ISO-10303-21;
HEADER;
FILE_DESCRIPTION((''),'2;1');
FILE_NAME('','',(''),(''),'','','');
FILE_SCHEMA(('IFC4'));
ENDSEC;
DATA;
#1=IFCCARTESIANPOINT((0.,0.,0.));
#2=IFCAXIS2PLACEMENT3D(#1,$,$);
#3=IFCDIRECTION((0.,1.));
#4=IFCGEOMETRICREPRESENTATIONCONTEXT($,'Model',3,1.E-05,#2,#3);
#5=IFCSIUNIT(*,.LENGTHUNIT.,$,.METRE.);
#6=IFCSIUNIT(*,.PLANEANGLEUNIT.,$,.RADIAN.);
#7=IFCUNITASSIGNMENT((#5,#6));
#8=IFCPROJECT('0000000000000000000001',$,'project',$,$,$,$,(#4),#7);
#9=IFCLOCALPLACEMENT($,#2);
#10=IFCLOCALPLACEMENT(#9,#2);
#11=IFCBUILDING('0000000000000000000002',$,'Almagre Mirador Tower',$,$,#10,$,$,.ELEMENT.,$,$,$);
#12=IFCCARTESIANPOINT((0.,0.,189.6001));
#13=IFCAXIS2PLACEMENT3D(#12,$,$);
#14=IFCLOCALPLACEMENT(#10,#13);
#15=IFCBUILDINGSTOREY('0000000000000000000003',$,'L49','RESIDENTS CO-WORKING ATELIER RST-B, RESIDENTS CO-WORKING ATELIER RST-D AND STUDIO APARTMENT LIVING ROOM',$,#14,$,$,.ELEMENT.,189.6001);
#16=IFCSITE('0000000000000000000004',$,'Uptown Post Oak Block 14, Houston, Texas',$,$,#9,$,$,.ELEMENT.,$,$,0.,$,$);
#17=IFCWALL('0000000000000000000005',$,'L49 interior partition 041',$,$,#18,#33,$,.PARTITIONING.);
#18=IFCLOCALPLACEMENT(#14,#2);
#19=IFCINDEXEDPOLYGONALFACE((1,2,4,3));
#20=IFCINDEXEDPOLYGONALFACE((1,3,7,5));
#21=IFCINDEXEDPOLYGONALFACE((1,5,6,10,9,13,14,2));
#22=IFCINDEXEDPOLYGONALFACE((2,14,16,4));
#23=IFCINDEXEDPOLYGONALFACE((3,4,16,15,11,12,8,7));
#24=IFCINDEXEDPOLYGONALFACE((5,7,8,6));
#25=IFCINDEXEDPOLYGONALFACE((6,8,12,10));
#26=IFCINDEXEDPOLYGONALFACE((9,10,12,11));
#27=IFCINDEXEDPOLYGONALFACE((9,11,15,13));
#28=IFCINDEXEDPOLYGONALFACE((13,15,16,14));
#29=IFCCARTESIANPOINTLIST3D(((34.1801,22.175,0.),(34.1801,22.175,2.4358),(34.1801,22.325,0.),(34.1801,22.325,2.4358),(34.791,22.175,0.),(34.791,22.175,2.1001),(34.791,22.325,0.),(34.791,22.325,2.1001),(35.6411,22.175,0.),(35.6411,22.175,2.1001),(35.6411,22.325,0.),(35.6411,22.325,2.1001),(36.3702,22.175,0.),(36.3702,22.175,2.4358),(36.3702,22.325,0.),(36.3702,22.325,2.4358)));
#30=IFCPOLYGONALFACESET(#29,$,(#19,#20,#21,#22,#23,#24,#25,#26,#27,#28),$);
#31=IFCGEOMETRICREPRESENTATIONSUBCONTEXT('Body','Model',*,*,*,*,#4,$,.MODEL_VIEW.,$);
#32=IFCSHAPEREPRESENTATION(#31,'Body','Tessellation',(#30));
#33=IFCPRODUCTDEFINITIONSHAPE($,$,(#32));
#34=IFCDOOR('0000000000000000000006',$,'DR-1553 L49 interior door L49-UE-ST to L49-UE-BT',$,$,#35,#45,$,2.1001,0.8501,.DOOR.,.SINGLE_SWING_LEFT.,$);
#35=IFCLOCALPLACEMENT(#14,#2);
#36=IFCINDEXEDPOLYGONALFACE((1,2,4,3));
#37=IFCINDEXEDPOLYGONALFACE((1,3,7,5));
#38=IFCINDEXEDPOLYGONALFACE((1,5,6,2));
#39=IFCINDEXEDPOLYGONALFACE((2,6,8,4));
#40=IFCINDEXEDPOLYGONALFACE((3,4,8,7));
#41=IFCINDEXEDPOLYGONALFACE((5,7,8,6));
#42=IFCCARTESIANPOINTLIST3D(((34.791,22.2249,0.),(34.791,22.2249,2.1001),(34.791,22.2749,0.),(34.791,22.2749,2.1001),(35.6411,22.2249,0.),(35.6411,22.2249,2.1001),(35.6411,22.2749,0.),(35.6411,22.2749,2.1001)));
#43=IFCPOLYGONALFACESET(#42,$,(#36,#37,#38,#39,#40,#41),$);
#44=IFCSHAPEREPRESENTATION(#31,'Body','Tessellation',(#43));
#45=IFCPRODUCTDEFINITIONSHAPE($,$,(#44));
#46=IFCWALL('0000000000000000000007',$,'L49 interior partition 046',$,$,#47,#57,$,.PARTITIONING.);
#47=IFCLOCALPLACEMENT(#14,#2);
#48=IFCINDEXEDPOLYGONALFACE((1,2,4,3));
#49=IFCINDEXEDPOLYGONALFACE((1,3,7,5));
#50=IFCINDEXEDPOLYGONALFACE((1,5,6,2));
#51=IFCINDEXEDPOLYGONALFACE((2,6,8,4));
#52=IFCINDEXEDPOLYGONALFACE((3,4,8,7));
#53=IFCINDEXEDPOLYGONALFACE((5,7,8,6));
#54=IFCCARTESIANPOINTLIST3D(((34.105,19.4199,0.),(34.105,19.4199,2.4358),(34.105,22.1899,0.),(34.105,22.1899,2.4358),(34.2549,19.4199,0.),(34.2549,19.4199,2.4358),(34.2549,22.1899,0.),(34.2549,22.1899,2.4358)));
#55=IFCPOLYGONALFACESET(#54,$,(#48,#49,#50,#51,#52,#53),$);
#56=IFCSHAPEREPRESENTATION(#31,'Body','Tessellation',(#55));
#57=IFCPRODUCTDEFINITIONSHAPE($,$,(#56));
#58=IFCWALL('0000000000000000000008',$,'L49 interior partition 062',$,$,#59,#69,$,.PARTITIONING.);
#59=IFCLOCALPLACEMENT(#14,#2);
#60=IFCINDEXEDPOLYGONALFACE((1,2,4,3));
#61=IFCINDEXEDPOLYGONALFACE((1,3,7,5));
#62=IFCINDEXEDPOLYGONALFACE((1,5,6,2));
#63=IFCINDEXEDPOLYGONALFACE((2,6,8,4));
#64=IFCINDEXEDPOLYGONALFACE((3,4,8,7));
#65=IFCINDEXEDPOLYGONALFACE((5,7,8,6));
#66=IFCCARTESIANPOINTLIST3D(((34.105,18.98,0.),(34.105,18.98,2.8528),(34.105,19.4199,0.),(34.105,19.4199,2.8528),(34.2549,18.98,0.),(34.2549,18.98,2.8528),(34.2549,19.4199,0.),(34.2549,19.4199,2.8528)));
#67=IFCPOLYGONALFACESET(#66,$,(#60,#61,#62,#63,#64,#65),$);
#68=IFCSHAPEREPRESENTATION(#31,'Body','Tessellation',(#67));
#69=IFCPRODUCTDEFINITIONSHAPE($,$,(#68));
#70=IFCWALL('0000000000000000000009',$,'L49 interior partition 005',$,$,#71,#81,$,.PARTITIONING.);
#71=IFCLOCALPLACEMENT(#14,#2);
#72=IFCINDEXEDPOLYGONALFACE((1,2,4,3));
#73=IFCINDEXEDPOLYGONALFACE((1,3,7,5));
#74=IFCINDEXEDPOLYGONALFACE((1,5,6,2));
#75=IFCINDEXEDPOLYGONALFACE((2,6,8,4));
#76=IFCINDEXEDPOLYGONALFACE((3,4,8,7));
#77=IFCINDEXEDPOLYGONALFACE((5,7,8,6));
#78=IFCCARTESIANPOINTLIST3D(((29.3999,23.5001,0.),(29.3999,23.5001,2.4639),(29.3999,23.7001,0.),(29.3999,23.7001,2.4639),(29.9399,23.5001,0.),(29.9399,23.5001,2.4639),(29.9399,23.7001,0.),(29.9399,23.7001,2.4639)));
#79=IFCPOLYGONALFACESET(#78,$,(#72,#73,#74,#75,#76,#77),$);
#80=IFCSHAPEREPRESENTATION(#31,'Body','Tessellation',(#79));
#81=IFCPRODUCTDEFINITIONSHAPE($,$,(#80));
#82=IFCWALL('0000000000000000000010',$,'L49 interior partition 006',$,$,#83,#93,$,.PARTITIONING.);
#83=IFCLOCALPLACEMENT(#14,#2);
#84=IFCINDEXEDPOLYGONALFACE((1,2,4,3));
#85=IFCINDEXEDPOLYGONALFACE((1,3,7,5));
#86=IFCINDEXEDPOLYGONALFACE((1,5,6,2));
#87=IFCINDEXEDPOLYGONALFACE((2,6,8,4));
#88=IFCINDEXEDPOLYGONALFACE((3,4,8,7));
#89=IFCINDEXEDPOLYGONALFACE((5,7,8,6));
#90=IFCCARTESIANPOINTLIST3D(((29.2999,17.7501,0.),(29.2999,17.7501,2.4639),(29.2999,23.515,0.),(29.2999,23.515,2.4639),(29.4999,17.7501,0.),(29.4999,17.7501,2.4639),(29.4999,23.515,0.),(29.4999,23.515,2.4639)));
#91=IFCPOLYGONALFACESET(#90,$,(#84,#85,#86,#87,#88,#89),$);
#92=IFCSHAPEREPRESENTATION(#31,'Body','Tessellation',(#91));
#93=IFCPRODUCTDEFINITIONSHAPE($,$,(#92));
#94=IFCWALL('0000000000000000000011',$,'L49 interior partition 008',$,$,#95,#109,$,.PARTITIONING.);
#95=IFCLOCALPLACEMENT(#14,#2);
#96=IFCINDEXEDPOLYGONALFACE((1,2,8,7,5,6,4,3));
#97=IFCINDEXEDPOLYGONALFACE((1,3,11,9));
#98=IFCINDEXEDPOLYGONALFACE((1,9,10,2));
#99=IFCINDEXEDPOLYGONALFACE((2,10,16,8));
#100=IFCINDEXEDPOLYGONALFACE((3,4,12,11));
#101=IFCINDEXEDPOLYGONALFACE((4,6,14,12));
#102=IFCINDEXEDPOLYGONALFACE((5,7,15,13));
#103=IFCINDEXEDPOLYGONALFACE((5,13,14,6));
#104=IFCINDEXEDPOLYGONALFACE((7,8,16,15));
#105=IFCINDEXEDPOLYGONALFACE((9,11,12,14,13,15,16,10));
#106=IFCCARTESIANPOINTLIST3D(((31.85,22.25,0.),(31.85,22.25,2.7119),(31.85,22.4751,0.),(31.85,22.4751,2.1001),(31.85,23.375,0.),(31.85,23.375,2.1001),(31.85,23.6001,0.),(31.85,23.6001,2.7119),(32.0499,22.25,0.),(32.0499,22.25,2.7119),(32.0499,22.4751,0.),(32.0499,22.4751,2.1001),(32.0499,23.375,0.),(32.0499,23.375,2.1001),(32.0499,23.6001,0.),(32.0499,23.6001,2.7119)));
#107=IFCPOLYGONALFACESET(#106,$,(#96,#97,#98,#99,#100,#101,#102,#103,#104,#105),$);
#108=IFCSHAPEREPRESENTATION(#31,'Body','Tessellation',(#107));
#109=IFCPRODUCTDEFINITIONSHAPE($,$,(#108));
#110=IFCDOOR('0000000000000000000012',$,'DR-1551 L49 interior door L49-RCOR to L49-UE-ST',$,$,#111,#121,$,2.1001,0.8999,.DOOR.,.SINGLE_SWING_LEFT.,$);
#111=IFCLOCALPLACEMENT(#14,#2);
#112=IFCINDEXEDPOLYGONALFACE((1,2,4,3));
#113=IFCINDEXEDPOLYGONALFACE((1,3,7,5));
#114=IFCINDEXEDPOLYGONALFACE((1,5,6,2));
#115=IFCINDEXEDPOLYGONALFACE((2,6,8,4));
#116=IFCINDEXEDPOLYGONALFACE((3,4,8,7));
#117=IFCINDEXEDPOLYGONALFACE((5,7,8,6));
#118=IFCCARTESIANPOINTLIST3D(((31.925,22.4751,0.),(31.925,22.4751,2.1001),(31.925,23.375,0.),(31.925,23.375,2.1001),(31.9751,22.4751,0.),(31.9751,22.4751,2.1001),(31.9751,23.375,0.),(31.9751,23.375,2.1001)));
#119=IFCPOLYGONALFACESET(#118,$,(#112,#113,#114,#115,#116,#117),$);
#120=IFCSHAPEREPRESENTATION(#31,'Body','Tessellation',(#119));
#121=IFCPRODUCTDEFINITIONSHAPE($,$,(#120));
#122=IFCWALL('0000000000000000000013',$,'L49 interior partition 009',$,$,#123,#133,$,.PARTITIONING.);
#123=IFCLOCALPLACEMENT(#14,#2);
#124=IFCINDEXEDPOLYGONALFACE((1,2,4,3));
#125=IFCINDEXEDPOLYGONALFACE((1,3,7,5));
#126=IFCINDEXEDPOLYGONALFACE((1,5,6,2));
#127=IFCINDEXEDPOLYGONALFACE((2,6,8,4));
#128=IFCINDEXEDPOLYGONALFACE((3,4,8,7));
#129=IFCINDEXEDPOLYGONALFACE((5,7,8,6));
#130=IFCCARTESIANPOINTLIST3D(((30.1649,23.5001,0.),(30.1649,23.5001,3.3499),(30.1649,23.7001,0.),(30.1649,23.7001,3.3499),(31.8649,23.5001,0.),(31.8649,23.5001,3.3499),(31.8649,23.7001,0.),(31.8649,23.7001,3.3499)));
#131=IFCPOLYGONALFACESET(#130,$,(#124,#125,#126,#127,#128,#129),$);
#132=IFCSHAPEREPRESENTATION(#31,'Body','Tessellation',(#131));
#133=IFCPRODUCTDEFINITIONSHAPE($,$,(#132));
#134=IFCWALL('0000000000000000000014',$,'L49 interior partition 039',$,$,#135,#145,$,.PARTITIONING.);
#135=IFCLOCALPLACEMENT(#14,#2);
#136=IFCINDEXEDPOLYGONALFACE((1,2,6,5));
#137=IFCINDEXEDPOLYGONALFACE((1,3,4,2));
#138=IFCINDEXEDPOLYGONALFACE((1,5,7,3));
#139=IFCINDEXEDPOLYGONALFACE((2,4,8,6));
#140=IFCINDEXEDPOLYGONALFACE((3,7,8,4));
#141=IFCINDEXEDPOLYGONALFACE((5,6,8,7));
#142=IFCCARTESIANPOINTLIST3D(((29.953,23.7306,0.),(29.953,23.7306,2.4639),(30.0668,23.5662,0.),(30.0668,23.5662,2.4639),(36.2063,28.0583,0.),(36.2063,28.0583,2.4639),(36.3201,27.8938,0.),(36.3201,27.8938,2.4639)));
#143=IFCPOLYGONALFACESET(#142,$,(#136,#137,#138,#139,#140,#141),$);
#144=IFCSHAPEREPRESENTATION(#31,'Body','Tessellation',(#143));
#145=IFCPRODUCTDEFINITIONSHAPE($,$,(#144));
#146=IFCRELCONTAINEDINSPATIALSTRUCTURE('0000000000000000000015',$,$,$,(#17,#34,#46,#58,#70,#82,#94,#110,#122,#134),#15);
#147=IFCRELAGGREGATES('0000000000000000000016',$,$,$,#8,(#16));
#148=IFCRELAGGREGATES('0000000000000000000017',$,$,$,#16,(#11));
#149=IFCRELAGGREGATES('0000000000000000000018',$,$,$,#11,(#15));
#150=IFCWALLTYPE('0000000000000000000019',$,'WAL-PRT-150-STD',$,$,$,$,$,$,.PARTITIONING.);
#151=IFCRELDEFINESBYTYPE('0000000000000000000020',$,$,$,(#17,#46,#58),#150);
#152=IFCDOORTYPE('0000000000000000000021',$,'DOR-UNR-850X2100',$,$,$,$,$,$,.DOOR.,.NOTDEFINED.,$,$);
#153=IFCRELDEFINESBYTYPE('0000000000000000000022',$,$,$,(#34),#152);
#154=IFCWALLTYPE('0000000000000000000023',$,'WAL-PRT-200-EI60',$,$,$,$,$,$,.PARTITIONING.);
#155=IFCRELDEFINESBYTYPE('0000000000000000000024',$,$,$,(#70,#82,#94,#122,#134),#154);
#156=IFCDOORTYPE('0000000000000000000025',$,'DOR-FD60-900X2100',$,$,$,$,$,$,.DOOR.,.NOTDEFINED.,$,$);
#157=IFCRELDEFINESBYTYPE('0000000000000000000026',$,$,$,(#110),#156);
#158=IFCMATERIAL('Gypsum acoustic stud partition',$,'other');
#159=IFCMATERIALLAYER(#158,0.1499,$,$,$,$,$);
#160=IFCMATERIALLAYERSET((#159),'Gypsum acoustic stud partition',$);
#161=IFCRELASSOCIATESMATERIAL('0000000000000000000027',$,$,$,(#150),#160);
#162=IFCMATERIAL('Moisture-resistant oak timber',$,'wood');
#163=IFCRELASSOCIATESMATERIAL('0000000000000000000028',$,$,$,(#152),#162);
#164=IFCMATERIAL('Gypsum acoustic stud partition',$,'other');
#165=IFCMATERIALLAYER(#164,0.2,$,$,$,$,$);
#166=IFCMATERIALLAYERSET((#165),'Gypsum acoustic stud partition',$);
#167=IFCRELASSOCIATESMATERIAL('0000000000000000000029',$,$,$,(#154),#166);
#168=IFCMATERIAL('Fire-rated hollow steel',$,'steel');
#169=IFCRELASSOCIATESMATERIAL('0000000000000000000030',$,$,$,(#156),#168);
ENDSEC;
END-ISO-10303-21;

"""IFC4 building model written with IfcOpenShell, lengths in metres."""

from ifc_helpers import new_model, si_unit, direction, frame, frame_2d, origin, place, context, subcontext, project, spatial, rectangle, extrude, material, layer, layer_set, type_object, element, fill, save


model = new_model("IFC4")

# Units and contexts
model_context = context("Model", 3, precision=1e-05, world=origin(), true_north=direction((0.0, 1.0)))
body_context = subcontext(model_context, "Body", "Model", "MODEL_VIEW")
ifc_project = project(units=[si_unit("LENGTHUNIT", "METRE"), si_unit("PLANEANGLEUNIT", "RADIAN")], contexts=[model_context])

# Site, building, storey
site_placement = place(None, origin())
site = spatial("IfcSite", under=ifc_project, at=site_placement, Name="Uptown Post Oak Block 14, Houston, Texas", CompositionType="ELEMENT", RefElevation=0.0)
building_placement = place(site_placement, origin())
building = spatial("IfcBuilding", under=site, at=building_placement, Name="Almagre Mirador Tower", CompositionType="ELEMENT")
storey_placement = place(building_placement, frame((0.0, 0.0, 189.6001)))
storey = spatial("IfcBuildingStorey", under=building, at=storey_placement, Name="L49", Description="RESIDENTS CO-WORKING ATELIER RST-B, RESIDENTS CO-WORKING ATELIER RST-D AND STUDIO APARTMENT LIVING ROOM", CompositionType="ELEMENT", Elevation=189.6001)

# Wall, opening, door
ifc_material_1 = material(Name="Gypsum acoustic stud partition", Category="other")
ifc_layer_1 = layer(ifc_material_1, 0.1499)
ifc_layer_set_1 = layer_set([ifc_layer_1], Name="Gypsum acoustic stud partition")
wall_type_1 = type_object("IfcWallType", Name="WAL-PRT-150-STD", PredefinedType="PARTITIONING", material=ifc_layer_set_1)
wall_1_placement = place(storey_placement, frame((34.1799, 22.25, 0.0), z_axis=(0.0, 0.0, 1.0), x_axis=(1.0, 0.0, 0.0)))
wall_1 = element("IfcWall", 1, at=wall_1_placement, inside=storey, type_object=wall_type_1, Name="L49 interior partition 041", PredefinedType="PARTITIONING", context=body_context, shape_type="SweptSolid", body=[
    extrude(rectangle(XDim=2.1902, YDim=0.1499, at=frame_2d((1.0952, 0.0))), origin(), (0.0, 0.0, 1.0), 2.4358),
])
opening_1_placement = place(wall_1_placement, frame((0.6111, 0.0, 0.0)))
opening_1 = element("IfcOpeningElement", 2, at=opening_1_placement, cuts=wall_1, PredefinedType="OPENING", context=body_context, shape_type="SweptSolid", body=[
    extrude(rectangle(XDim=0.8501, YDim=2.1001, at=frame_2d((0.425, 1.05))), frame((0.0, 0.085, 0.0), z_axis=(0.0, -1.0, 0.0), x_axis=(1.0, 0.0, 0.0)), (0.0, 0.0, 1.0), 0.1699),
])
ifc_material_2 = material(Name="Moisture-resistant oak timber", Category="wood")
door_type_1 = type_object("IfcDoorType", Name="DOR-UNR-850X2100", OperationType="NOTDEFINED", PredefinedType="DOOR", material=ifc_material_2)
door_1_placement = place(opening_1_placement, origin())
door_1 = element("IfcDoor", 3, at=door_1_placement, inside=storey, type_object=door_type_1, Name="DR-1553 L49 interior door L49-UE-ST to L49-UE-BT", OperationType="SINGLE_SWING_LEFT", OverallHeight=2.1001, OverallWidth=0.8501, PredefinedType="DOOR", context=body_context, shape_type="SweptSolid", body=[
    extrude(rectangle(XDim=0.8501, YDim=2.1001, at=frame_2d((0.425, 1.05))), frame((0.0, 0.0249, 0.0), z_axis=(0.0, -1.0, 0.0), x_axis=(1.0, 0.0, 0.0)), (0.0, 0.0, 1.0), 0.05),
])
fill(opening_1, door_1)

# Walls
wall_2_placement = place(storey_placement, frame((34.1799, 22.1899, 0.0), z_axis=(0.0, 0.0, 1.0), x_axis=(0.0, -1.0, 0.0)))
element("IfcWall", 4, at=wall_2_placement, inside=storey, type_object=wall_type_1, Name="L49 interior partition 046", PredefinedType="PARTITIONING", context=body_context, shape_type="SweptSolid", body=[
    extrude(rectangle(XDim=2.77, YDim=0.1499, at=frame_2d((1.385, 0.0))), origin(), (0.0, 0.0, 1.0), 2.4358),
])
wall_3_placement = place(storey_placement, frame((34.1799, 19.4199, 0.0), z_axis=(0.0, 0.0, 1.0), x_axis=(0.0, -1.0, 0.0)))
element("IfcWall", 5, at=wall_3_placement, inside=storey, type_object=wall_type_1, Name="L49 interior partition 062", PredefinedType="PARTITIONING", context=body_context, shape_type="SweptSolid", body=[
    extrude(rectangle(XDim=0.4399, YDim=0.1499, at=frame_2d((0.22, 0.0))), origin(), (0.0, 0.0, 1.0), 2.8528),
])
ifc_material_3 = material(Name="Gypsum acoustic stud partition", Category="other")
ifc_layer_2 = layer(ifc_material_3, 0.2)
ifc_layer_set_2 = layer_set([ifc_layer_2], Name="Gypsum acoustic stud partition")
wall_type_2 = type_object("IfcWallType", Name="WAL-PRT-200-EI60", PredefinedType="PARTITIONING", material=ifc_layer_set_2)
wall_4_placement = place(storey_placement, frame((29.9399, 23.6001, 0.0), z_axis=(0.0, 0.0, 1.0), x_axis=(-1.0, 0.0, 0.0)))
element("IfcWall", 6, at=wall_4_placement, inside=storey, type_object=wall_type_2, Name="L49 interior partition 005", PredefinedType="PARTITIONING", context=body_context, shape_type="SweptSolid", body=[
    extrude(rectangle(XDim=0.54, YDim=0.2, at=frame_2d((0.27, 0.0))), origin(), (0.0, 0.0, 1.0), 2.4639),
])
wall_5_placement = place(storey_placement, frame((29.3999, 23.5149, 0.0), z_axis=(0.0, 0.0, 1.0), x_axis=(0.0, -1.0, 0.0)))
element("IfcWall", 7, at=wall_5_placement, inside=storey, type_object=wall_type_2, Name="L49 interior partition 006", PredefinedType="PARTITIONING", context=body_context, shape_type="SweptSolid", body=[
    extrude(rectangle(XDim=5.7649, YDim=0.2, at=frame_2d((2.8823, 0.0))), origin(), (0.0, 0.0, 1.0), 2.4639),
])

# Wall, opening, door
wall_6_placement = place(storey_placement, frame((31.95, 22.25, 0.0), z_axis=(0.0, 0.0, 1.0), x_axis=(0.0, 1.0, 0.0)))
wall_6 = element("IfcWall", 8, at=wall_6_placement, inside=storey, type_object=wall_type_2, Name="L49 interior partition 008", PredefinedType="PARTITIONING", context=body_context, shape_type="SweptSolid", body=[
    extrude(rectangle(XDim=1.3501, YDim=0.2, at=frame_2d((0.675, 0.0))), origin(), (0.0, 0.0, 1.0), 2.7119),
])
opening_2_placement = place(wall_6_placement, frame((0.2251, 0.0, 0.0)))
opening_2 = element("IfcOpeningElement", 9, at=opening_2_placement, cuts=wall_6, PredefinedType="OPENING", context=body_context, shape_type="SweptSolid", body=[
    extrude(rectangle(XDim=0.8999, YDim=2.1001, at=frame_2d((0.45, 1.05))), frame((0.0, 0.1101, 0.0), z_axis=(0.0, -1.0, 0.0), x_axis=(1.0, 0.0, 0.0)), (0.0, 0.0, 1.0), 0.22),
])
ifc_material_4 = material(Name="Fire-rated hollow steel", Category="steel")
door_type_2 = type_object("IfcDoorType", Name="DOR-FD60-900X2100", OperationType="NOTDEFINED", PredefinedType="DOOR", material=ifc_material_4)
door_2_placement = place(opening_2_placement, origin())
door_2 = element("IfcDoor", 10, at=door_2_placement, inside=storey, type_object=door_type_2, Name="DR-1551 L49 interior door L49-RCOR to L49-UE-ST", OperationType="SINGLE_SWING_LEFT", OverallHeight=2.1001, OverallWidth=0.8999, PredefinedType="DOOR", context=body_context, shape_type="SweptSolid", body=[
    extrude(rectangle(XDim=0.8999, YDim=2.1001, at=frame_2d((0.45, 1.05))), frame((0.0, 0.0249, 0.0), z_axis=(0.0, -1.0, 0.0), x_axis=(1.0, 0.0, 0.0)), (0.0, 0.0, 1.0), 0.05),
])
fill(opening_2, door_2)

# Walls
wall_7_placement = place(storey_placement, frame((31.865, 23.6001, 0.0), z_axis=(0.0, 0.0, 1.0), x_axis=(-1.0, 0.0, 0.0)))
element("IfcWall", 11, at=wall_7_placement, inside=storey, type_object=wall_type_2, Name="L49 interior partition 009", PredefinedType="PARTITIONING", context=body_context, shape_type="SweptSolid", body=[
    extrude(rectangle(XDim=1.7, YDim=0.2, at=frame_2d((0.8501, 0.0))), origin(), (0.0, 0.0, 1.0), 3.3499),
])
wall_8_placement = place(storey_placement, frame((30.01, 23.6484, 0.0), z_axis=(0.0, 0.0, 1.0), x_axis=(0.822283, 0.569078, 0.0)))
element("IfcWall", 12, at=wall_8_placement, inside=storey, type_object=wall_type_2, Name="L49 interior partition 039", PredefinedType="PARTITIONING", context=body_context, shape_type="SweptSolid", body=[
    extrude(rectangle(XDim=7.6047, YDim=0.2, at=frame_2d((3.8022, 0.0))), origin(), (0.0, 0.0, 1.0), 2.4639),
])

save(model, "model.ifc")
